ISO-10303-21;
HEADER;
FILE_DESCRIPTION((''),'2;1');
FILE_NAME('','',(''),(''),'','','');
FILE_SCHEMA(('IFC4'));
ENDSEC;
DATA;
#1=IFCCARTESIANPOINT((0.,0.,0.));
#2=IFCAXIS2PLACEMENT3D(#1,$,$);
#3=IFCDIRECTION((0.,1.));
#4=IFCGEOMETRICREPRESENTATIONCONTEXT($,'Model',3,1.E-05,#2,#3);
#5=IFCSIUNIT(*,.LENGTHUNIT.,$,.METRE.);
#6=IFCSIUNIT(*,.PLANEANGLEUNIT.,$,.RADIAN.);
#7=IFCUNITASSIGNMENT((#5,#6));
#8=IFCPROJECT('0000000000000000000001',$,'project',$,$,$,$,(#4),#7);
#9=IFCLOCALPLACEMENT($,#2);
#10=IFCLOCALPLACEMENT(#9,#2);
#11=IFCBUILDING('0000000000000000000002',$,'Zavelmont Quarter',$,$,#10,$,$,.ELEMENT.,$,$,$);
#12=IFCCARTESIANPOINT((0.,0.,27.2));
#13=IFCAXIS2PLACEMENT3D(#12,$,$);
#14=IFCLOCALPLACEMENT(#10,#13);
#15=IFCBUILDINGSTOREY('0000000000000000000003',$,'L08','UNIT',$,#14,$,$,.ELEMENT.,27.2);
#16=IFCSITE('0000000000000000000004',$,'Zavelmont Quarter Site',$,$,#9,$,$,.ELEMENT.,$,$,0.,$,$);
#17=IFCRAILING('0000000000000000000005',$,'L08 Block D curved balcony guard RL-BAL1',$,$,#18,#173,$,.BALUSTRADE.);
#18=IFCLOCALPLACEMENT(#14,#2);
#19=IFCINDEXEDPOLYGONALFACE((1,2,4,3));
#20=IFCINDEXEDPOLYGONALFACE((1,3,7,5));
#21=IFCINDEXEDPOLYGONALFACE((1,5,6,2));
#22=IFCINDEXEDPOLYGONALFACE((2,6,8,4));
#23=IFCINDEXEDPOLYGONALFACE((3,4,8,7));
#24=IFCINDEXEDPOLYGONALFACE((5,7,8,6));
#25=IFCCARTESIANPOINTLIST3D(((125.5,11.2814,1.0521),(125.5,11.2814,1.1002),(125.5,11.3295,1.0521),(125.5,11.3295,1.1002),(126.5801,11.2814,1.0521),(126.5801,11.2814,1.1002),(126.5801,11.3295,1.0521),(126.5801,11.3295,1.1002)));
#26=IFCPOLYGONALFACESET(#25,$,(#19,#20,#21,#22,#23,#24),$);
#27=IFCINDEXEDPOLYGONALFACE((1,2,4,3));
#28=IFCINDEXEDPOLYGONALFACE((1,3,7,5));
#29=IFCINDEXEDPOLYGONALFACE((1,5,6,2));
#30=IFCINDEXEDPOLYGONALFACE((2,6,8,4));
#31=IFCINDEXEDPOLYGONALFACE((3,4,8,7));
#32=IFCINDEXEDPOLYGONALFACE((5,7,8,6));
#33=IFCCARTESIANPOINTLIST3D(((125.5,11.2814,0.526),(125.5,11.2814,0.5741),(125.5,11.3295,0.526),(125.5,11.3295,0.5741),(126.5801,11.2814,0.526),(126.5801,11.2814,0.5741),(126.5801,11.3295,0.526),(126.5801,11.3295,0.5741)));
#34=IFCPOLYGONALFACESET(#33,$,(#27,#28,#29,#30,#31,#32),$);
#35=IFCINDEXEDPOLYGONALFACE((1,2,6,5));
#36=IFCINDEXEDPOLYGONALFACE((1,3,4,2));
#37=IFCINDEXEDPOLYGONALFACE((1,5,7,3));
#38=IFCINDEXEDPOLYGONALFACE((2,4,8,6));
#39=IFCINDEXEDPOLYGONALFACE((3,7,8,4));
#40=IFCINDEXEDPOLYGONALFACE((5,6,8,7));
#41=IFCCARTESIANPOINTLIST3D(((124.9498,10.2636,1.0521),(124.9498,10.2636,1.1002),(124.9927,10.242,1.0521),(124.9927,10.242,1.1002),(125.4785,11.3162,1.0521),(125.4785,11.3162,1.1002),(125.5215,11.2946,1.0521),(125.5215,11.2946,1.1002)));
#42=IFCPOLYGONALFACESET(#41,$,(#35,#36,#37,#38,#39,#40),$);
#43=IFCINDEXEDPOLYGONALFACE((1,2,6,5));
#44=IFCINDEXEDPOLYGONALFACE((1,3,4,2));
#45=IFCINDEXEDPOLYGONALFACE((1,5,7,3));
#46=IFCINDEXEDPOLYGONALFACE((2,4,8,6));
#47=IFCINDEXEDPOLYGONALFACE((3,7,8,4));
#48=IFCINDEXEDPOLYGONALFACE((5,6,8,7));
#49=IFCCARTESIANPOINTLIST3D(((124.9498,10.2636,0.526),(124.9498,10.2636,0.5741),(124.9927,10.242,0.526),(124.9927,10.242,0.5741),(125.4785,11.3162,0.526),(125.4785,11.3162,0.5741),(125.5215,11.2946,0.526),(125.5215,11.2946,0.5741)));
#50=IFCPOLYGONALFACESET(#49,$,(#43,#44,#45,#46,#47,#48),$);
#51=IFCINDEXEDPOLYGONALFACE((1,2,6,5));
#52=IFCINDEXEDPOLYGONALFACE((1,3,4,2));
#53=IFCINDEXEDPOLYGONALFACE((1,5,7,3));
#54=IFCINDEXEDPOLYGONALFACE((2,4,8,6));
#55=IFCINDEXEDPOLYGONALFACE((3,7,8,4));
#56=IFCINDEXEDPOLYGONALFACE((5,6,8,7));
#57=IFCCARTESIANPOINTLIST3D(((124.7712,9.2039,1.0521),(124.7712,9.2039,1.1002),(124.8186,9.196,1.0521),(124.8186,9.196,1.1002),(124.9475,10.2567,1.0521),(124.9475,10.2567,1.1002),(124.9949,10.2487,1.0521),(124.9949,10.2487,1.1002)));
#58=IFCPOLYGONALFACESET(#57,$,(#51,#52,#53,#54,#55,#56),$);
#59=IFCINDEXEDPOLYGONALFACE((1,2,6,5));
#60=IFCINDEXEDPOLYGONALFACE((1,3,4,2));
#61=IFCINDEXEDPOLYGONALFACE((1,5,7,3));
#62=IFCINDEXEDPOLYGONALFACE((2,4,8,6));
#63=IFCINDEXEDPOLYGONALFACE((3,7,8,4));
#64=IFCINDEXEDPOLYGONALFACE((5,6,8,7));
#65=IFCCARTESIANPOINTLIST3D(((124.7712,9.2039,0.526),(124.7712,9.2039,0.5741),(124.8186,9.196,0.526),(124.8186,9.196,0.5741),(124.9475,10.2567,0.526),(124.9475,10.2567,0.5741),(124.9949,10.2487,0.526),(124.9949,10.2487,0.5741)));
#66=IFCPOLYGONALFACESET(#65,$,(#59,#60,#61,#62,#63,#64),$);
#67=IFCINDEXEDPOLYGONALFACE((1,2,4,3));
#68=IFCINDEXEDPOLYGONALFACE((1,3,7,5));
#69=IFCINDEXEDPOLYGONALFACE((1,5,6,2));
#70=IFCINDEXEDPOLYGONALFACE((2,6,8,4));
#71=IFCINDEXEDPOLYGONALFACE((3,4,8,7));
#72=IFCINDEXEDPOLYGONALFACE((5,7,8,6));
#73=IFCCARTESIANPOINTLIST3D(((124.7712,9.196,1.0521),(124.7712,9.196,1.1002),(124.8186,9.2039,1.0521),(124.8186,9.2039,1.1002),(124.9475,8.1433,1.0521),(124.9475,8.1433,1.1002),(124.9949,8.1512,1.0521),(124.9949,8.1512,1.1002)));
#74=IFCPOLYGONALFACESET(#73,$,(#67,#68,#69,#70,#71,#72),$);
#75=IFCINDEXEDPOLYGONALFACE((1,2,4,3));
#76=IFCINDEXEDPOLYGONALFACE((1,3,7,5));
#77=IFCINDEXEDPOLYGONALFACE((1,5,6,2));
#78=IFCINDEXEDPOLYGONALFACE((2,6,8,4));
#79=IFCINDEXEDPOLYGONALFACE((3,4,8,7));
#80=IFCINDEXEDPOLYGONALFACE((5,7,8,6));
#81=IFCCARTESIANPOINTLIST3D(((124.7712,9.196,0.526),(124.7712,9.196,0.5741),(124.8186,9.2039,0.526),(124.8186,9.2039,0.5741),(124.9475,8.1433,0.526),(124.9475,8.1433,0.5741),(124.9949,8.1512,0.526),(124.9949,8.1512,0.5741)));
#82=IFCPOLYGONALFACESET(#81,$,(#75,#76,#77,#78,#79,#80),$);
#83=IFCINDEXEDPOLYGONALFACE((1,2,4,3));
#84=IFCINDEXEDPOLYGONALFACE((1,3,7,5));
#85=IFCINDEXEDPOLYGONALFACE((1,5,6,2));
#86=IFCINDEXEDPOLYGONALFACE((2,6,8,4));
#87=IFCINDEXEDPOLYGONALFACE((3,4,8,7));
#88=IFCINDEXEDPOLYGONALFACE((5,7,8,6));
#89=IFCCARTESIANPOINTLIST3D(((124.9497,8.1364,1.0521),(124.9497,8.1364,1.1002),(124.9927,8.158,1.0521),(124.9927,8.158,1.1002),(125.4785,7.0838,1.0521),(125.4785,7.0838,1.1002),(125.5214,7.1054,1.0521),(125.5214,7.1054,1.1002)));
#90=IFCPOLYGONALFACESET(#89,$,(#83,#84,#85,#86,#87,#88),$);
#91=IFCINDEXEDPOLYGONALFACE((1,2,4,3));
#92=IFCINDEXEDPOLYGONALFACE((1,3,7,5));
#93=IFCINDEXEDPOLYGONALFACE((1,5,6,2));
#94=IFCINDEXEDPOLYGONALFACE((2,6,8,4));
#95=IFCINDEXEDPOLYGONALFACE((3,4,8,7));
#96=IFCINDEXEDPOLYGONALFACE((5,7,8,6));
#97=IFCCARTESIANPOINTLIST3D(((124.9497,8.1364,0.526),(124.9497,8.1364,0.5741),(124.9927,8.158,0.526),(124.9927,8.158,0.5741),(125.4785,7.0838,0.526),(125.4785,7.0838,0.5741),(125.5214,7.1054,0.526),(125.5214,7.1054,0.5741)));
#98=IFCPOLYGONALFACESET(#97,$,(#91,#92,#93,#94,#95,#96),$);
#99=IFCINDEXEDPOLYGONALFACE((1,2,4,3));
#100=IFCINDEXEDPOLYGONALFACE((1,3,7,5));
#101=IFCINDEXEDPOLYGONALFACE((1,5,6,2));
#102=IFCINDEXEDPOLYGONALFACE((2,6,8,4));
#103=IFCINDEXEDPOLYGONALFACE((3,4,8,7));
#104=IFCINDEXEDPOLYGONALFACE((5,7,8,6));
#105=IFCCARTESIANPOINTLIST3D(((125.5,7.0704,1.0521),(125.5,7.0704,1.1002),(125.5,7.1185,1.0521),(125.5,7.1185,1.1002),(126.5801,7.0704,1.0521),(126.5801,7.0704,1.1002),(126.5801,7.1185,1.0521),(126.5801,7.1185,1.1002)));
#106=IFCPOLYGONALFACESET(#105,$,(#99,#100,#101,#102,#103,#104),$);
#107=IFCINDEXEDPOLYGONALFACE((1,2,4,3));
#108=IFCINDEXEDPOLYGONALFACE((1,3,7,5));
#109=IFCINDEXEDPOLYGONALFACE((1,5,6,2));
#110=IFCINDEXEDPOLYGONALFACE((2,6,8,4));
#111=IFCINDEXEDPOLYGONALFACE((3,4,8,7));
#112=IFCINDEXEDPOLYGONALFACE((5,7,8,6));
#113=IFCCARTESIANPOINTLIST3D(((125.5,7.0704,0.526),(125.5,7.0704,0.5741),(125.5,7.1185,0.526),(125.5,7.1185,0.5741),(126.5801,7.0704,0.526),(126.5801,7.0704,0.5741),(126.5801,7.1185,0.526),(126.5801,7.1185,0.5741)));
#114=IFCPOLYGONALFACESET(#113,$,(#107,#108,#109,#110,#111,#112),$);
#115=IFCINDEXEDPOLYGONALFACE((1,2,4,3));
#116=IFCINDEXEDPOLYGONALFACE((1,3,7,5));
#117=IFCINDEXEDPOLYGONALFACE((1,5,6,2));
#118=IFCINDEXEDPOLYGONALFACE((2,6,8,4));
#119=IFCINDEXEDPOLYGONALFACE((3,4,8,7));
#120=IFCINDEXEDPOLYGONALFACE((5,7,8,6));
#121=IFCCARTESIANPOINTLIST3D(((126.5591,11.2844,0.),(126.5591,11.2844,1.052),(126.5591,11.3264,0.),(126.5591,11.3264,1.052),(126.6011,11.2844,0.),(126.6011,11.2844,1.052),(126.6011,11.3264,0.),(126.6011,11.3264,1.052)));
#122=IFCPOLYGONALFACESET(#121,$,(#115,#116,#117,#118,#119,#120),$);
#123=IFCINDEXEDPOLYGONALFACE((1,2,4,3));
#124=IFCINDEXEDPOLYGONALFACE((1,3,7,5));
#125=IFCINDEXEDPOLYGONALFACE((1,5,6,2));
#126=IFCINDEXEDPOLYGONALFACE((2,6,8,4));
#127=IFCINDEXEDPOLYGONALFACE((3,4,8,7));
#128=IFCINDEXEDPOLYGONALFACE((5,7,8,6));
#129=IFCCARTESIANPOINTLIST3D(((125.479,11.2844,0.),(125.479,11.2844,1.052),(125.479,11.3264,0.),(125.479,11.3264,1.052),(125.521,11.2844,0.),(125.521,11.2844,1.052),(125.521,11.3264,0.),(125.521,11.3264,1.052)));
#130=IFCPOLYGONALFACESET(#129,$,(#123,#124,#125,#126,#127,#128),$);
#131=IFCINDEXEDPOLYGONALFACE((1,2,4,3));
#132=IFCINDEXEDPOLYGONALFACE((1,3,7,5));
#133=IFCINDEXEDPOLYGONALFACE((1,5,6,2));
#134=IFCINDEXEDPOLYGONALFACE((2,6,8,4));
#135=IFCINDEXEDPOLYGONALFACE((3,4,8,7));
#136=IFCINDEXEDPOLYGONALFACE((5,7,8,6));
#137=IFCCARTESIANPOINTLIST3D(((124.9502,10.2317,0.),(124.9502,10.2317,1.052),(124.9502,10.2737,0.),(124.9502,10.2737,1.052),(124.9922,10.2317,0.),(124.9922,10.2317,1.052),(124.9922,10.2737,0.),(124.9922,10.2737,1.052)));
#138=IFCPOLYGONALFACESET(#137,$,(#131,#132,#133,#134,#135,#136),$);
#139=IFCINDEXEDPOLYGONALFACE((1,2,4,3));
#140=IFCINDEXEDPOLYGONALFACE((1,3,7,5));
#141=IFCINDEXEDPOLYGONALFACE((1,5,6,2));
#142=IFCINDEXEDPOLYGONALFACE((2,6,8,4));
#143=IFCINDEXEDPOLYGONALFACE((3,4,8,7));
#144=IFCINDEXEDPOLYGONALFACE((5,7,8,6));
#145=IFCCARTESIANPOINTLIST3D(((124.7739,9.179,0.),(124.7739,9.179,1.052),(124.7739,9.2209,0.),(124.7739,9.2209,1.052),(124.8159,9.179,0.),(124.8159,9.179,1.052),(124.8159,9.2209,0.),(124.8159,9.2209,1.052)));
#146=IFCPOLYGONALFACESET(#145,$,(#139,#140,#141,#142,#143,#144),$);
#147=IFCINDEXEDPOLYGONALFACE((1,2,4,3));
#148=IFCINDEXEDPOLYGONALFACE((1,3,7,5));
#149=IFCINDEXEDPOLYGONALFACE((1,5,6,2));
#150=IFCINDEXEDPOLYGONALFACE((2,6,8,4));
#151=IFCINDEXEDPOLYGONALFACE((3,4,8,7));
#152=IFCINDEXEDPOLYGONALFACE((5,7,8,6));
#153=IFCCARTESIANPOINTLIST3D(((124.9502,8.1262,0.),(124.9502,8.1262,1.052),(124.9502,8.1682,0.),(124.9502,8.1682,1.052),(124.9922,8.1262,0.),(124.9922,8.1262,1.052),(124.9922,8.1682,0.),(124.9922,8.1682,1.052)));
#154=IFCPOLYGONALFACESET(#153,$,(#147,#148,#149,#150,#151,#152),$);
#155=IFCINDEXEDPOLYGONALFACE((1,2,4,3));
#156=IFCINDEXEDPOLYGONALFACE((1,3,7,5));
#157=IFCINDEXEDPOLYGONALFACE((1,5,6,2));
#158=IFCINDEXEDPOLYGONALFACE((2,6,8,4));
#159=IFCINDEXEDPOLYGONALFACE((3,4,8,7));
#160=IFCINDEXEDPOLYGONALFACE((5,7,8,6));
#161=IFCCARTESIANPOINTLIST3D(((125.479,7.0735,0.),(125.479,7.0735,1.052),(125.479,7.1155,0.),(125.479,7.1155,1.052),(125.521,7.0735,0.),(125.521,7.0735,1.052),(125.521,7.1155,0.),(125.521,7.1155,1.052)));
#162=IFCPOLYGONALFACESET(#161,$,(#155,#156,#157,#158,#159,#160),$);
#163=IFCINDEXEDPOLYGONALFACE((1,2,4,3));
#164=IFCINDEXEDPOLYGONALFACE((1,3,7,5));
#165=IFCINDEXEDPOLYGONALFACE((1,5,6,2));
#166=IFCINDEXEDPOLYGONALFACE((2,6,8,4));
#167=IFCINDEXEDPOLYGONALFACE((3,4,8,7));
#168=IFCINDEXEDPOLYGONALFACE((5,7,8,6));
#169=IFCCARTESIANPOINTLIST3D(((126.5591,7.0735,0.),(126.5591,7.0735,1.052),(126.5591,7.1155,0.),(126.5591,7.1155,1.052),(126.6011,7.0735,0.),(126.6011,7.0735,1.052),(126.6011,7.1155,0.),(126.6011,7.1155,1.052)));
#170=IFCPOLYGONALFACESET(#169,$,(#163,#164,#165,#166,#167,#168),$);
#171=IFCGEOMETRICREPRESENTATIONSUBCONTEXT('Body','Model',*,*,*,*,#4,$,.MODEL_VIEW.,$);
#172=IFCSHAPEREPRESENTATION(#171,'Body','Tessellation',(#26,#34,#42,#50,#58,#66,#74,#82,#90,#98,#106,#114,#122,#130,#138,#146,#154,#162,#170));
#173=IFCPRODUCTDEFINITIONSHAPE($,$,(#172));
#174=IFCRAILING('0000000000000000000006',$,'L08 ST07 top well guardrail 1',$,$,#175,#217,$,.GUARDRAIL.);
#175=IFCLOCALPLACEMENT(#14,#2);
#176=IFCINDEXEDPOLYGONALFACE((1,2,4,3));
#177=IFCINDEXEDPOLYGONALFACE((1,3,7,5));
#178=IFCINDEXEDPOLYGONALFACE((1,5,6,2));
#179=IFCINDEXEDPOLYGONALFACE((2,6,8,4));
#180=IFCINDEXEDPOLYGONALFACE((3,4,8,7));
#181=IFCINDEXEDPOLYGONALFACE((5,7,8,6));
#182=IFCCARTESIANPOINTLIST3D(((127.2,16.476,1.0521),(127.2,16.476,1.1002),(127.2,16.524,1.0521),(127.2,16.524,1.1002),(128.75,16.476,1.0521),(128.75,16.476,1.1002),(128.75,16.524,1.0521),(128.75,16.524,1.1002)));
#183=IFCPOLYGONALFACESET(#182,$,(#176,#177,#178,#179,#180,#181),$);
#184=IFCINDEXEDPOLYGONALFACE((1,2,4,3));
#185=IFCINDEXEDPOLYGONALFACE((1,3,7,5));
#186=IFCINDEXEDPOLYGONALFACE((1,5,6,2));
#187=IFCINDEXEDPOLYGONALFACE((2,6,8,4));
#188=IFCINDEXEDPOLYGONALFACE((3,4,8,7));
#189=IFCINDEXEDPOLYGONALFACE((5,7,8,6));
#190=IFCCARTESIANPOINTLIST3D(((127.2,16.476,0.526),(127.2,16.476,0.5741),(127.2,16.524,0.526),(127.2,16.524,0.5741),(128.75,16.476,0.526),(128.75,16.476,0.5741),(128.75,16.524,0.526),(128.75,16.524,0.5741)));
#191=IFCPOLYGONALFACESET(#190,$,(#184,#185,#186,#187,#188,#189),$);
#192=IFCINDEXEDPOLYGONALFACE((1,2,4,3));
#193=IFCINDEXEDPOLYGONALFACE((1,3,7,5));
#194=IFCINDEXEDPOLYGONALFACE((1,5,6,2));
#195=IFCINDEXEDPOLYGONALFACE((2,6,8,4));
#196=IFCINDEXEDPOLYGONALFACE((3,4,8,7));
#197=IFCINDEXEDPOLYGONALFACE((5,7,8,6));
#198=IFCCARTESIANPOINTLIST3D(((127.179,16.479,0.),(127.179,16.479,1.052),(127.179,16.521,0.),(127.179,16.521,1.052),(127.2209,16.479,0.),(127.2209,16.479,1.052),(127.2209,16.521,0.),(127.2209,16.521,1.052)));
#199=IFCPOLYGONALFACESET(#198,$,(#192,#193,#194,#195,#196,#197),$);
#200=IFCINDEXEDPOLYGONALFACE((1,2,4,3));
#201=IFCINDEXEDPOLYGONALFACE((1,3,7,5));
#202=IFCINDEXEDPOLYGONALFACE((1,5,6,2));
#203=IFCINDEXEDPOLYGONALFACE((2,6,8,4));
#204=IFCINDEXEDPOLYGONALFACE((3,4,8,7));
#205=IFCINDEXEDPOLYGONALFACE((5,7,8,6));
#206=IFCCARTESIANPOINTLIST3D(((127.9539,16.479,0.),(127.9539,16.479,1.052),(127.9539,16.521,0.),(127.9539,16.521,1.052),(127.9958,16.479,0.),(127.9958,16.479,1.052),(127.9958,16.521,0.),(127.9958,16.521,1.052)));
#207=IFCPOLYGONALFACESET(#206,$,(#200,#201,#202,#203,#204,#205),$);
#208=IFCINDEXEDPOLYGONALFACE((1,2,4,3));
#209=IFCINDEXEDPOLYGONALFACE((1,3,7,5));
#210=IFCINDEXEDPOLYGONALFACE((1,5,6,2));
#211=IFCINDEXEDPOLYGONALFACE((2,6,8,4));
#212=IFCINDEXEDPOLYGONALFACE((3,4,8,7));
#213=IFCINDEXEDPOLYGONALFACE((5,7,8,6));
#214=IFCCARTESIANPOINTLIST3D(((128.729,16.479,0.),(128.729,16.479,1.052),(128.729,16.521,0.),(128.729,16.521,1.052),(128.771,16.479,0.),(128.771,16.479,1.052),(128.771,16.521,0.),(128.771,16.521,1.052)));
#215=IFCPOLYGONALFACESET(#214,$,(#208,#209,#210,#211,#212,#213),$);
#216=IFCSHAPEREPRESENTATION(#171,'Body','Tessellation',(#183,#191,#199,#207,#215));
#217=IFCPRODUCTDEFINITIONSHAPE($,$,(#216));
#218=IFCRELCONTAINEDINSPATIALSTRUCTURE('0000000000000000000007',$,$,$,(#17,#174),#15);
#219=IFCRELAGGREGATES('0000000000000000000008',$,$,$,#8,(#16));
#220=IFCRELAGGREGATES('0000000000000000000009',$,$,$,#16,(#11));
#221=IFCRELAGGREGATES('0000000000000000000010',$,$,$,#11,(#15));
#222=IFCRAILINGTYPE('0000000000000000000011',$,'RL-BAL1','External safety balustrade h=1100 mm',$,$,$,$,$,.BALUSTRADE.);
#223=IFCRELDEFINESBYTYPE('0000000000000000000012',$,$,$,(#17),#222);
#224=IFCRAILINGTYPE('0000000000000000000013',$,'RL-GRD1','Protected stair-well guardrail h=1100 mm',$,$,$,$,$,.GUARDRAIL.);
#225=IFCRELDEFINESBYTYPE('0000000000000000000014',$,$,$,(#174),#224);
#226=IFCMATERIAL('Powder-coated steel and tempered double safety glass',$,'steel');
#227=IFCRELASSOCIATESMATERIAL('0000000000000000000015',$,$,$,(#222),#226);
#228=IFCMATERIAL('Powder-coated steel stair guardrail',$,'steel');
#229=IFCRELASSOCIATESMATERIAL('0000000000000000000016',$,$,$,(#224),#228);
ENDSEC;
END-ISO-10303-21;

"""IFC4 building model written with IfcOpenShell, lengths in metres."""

from ifc_helpers import new_model, si_unit, direction, frame, origin, origin_2d, place, context, subcontext, project, spatial, rectangle, extrude, material, type_object, element, save


model = new_model("IFC4")

# Units and contexts
model_context = context("Model", 3, precision=1e-05, world=origin(), true_north=direction((0.0, 1.0)))
body_context = subcontext(model_context, "Body", "Model", "MODEL_VIEW")
ifc_project = project(units=[si_unit("LENGTHUNIT", "METRE"), si_unit("PLANEANGLEUNIT", "RADIAN")], contexts=[model_context])

# Site, building, storey
site_placement = place(None, origin())
site = spatial("IfcSite", under=ifc_project, at=site_placement, Name="Zavelmont Quarter Site", CompositionType="ELEMENT", RefElevation=0.0)
building_placement = place(site_placement, origin())
building = spatial("IfcBuilding", under=site, at=building_placement, Name="Zavelmont Quarter", CompositionType="ELEMENT")
storey_placement = place(building_placement, frame((0.0, 0.0, 27.2)))
storey = spatial("IfcBuildingStorey", under=building, at=storey_placement, Name="L08", Description="UNIT", CompositionType="ELEMENT", Elevation=27.2)

# Railings
ifc_material_1 = material(Name="Powder-coated steel and tempered double safety glass", Category="steel")
railing_type_1 = type_object("IfcRailingType", Name="RL-BAL1", Description="External safety balustrade h=1100 mm", PredefinedType="BALUSTRADE", material=ifc_material_1)
railing_1_placement = place(storey_placement, frame((126.5801, 11.3054, 0.0)))
element("IfcRailing", 1, at=railing_1_placement, inside=storey, type_object=railing_type_1, Name="L08 Block D curved balcony guard RL-BAL1", PredefinedType="BALUSTRADE", context=body_context, shape_type="SweptSolid", body=[
    extrude(rectangle(XDim=0.0481, YDim=0.0481, at=origin_2d()), frame((0.0, 0.0, 1.0762), z_axis=(-1.0, 0.0, 0.0), x_axis=(0.0, -1.0, 0.0)), (0.0, 0.0, 1.0), 1.0801),
    extrude(rectangle(XDim=0.0481, YDim=0.0481, at=origin_2d()), frame((0.0, 0.0, 0.55), z_axis=(-1.0, 0.0, 0.0), x_axis=(0.0, -1.0, 0.0)), (0.0, 0.0, 1.0), 1.0801),
    extrude(rectangle(XDim=0.0481, YDim=0.0481, at=origin_2d()), frame((-1.0801, 0.0, 1.0762), z_axis=(-0.448871, -0.893597, 0.0), x_axis=(0.893597, -0.448871, 0.0)), (0.0, 0.0, 1.0), 1.178),
    extrude(rectangle(XDim=0.0481, YDim=0.0481, at=origin_2d()), frame((-1.0801, 0.0, 0.55), z_axis=(-0.448871, -0.893597, 0.0), x_axis=(0.893597, -0.448871, 0.0)), (0.0, 0.0, 1.0), 1.178),
    extrude(rectangle(XDim=0.0481, YDim=0.0481, at=origin_2d()), frame((-1.6089, -1.0527, 1.0762), z_axis=(-0.165141, -0.98627, 0.0), x_axis=(0.98627, -0.165141, 0.0)), (0.0, 0.0, 1.0), 1.0674),
    extrude(rectangle(XDim=0.0481, YDim=0.0481, at=origin_2d()), frame((-1.6089, -1.0527, 0.55), z_axis=(-0.165141, -0.98627, 0.0), x_axis=(0.98627, -0.165141, 0.0)), (0.0, 0.0, 1.0), 1.0674),
    extrude(rectangle(XDim=0.0481, YDim=0.0481, at=origin_2d()), frame((-1.7852, -2.1055, 1.0762), z_axis=(0.165141, -0.98627, 0.0), x_axis=(0.98627, 0.165141, 0.0)), (0.0, 0.0, 1.0), 1.0674),
    extrude(rectangle(XDim=0.0481, YDim=0.0481, at=origin_2d()), frame((-1.7852, -2.1055, 0.55), z_axis=(0.165141, -0.98627, 0.0), x_axis=(0.98627, 0.165141, 0.0)), (0.0, 0.0, 1.0), 1.0674),
    extrude(rectangle(XDim=0.0481, YDim=0.0481, at=origin_2d()), frame((-1.6089, -3.1582, 1.0762), z_axis=(0.448871, -0.893597, 0.0), x_axis=(0.893597, 0.448871, 0.0)), (0.0, 0.0, 1.0), 1.178),
    extrude(rectangle(XDim=0.0481, YDim=0.0481, at=origin_2d()), frame((-1.6089, -3.1582, 0.55), z_axis=(0.448871, -0.893597, 0.0), x_axis=(0.893597, 0.448871, 0.0)), (0.0, 0.0, 1.0), 1.178),
    extrude(rectangle(XDim=0.0481, YDim=0.0481, at=origin_2d()), frame((-1.0801, -4.2109, 1.0762), z_axis=(1.0, 0.0, 0.0), x_axis=(0.0, 1.0, 0.0)), (0.0, 0.0, 1.0), 1.0801),
    extrude(rectangle(XDim=0.0481, YDim=0.0481, at=origin_2d()), frame((-1.0801, -4.2109, 0.55), z_axis=(1.0, 0.0, 0.0), x_axis=(0.0, 1.0, 0.0)), (0.0, 0.0, 1.0), 1.0801),
    extrude(rectangle(XDim=0.042, YDim=0.042, at=origin_2d()), origin(), (0.0, 0.0, 1.0), 1.052),
    extrude(rectangle(XDim=0.042, YDim=0.042, at=origin_2d()), frame((-1.0801, 0.0, 0.0)), (0.0, 0.0, 1.0), 1.052),
    extrude(rectangle(XDim=0.042, YDim=0.042, at=origin_2d()), frame((-1.6089, -1.0527, 0.0)), (0.0, 0.0, 1.0), 1.052),
    extrude(rectangle(XDim=0.042, YDim=0.042, at=origin_2d()), frame((-1.7852, -2.1055, 0.0)), (0.0, 0.0, 1.0), 1.052),
    extrude(rectangle(XDim=0.042, YDim=0.042, at=origin_2d()), frame((-1.6089, -3.1582, 0.0)), (0.0, 0.0, 1.0), 1.052),
    extrude(rectangle(XDim=0.042, YDim=0.042, at=origin_2d()), frame((-1.0801, -4.2109, 0.0)), (0.0, 0.0, 1.0), 1.052),
    extrude(rectangle(XDim=0.042, YDim=0.042, at=origin_2d()), frame((0.0, -4.2109, 0.0)), (0.0, 0.0, 1.0), 1.052),
])
ifc_material_2 = material(Name="Powder-coated steel stair guardrail", Category="steel")
railing_type_2 = type_object("IfcRailingType", Name="RL-GRD1", Description="Protected stair-well guardrail h=1100 mm", PredefinedType="GUARDRAIL", material=ifc_material_2)
railing_2_placement = place(storey_placement, frame((127.2, 16.5, 0.0)))
element("IfcRailing", 2, at=railing_2_placement, inside=storey, type_object=railing_type_2, Name="L08 ST07 top well guardrail 1", PredefinedType="GUARDRAIL", context=body_context, shape_type="SweptSolid", body=[
    extrude(rectangle(XDim=0.0481, YDim=0.0481, at=origin_2d()), frame((0.0, 0.0, 1.0762), z_axis=(1.0, 0.0, 0.0), x_axis=(0.0, 1.0, 0.0)), (0.0, 0.0, 1.0), 1.55),
    extrude(rectangle(XDim=0.0481, YDim=0.0481, at=origin_2d()), frame((0.0, 0.0, 0.55), z_axis=(1.0, 0.0, 0.0), x_axis=(0.0, 1.0, 0.0)), (0.0, 0.0, 1.0), 1.55),
    extrude(rectangle(XDim=0.042, YDim=0.042, at=origin_2d()), origin(), (0.0, 0.0, 1.0), 1.052),
    extrude(rectangle(XDim=0.042, YDim=0.042, at=origin_2d()), frame((0.7749, 0.0, 0.0)), (0.0, 0.0, 1.0), 1.052),
    extrude(rectangle(XDim=0.042, YDim=0.042, at=origin_2d()), frame((1.55, 0.0, 0.0)), (0.0, 0.0, 1.0), 1.052),
])

save(model, "model.ifc")
